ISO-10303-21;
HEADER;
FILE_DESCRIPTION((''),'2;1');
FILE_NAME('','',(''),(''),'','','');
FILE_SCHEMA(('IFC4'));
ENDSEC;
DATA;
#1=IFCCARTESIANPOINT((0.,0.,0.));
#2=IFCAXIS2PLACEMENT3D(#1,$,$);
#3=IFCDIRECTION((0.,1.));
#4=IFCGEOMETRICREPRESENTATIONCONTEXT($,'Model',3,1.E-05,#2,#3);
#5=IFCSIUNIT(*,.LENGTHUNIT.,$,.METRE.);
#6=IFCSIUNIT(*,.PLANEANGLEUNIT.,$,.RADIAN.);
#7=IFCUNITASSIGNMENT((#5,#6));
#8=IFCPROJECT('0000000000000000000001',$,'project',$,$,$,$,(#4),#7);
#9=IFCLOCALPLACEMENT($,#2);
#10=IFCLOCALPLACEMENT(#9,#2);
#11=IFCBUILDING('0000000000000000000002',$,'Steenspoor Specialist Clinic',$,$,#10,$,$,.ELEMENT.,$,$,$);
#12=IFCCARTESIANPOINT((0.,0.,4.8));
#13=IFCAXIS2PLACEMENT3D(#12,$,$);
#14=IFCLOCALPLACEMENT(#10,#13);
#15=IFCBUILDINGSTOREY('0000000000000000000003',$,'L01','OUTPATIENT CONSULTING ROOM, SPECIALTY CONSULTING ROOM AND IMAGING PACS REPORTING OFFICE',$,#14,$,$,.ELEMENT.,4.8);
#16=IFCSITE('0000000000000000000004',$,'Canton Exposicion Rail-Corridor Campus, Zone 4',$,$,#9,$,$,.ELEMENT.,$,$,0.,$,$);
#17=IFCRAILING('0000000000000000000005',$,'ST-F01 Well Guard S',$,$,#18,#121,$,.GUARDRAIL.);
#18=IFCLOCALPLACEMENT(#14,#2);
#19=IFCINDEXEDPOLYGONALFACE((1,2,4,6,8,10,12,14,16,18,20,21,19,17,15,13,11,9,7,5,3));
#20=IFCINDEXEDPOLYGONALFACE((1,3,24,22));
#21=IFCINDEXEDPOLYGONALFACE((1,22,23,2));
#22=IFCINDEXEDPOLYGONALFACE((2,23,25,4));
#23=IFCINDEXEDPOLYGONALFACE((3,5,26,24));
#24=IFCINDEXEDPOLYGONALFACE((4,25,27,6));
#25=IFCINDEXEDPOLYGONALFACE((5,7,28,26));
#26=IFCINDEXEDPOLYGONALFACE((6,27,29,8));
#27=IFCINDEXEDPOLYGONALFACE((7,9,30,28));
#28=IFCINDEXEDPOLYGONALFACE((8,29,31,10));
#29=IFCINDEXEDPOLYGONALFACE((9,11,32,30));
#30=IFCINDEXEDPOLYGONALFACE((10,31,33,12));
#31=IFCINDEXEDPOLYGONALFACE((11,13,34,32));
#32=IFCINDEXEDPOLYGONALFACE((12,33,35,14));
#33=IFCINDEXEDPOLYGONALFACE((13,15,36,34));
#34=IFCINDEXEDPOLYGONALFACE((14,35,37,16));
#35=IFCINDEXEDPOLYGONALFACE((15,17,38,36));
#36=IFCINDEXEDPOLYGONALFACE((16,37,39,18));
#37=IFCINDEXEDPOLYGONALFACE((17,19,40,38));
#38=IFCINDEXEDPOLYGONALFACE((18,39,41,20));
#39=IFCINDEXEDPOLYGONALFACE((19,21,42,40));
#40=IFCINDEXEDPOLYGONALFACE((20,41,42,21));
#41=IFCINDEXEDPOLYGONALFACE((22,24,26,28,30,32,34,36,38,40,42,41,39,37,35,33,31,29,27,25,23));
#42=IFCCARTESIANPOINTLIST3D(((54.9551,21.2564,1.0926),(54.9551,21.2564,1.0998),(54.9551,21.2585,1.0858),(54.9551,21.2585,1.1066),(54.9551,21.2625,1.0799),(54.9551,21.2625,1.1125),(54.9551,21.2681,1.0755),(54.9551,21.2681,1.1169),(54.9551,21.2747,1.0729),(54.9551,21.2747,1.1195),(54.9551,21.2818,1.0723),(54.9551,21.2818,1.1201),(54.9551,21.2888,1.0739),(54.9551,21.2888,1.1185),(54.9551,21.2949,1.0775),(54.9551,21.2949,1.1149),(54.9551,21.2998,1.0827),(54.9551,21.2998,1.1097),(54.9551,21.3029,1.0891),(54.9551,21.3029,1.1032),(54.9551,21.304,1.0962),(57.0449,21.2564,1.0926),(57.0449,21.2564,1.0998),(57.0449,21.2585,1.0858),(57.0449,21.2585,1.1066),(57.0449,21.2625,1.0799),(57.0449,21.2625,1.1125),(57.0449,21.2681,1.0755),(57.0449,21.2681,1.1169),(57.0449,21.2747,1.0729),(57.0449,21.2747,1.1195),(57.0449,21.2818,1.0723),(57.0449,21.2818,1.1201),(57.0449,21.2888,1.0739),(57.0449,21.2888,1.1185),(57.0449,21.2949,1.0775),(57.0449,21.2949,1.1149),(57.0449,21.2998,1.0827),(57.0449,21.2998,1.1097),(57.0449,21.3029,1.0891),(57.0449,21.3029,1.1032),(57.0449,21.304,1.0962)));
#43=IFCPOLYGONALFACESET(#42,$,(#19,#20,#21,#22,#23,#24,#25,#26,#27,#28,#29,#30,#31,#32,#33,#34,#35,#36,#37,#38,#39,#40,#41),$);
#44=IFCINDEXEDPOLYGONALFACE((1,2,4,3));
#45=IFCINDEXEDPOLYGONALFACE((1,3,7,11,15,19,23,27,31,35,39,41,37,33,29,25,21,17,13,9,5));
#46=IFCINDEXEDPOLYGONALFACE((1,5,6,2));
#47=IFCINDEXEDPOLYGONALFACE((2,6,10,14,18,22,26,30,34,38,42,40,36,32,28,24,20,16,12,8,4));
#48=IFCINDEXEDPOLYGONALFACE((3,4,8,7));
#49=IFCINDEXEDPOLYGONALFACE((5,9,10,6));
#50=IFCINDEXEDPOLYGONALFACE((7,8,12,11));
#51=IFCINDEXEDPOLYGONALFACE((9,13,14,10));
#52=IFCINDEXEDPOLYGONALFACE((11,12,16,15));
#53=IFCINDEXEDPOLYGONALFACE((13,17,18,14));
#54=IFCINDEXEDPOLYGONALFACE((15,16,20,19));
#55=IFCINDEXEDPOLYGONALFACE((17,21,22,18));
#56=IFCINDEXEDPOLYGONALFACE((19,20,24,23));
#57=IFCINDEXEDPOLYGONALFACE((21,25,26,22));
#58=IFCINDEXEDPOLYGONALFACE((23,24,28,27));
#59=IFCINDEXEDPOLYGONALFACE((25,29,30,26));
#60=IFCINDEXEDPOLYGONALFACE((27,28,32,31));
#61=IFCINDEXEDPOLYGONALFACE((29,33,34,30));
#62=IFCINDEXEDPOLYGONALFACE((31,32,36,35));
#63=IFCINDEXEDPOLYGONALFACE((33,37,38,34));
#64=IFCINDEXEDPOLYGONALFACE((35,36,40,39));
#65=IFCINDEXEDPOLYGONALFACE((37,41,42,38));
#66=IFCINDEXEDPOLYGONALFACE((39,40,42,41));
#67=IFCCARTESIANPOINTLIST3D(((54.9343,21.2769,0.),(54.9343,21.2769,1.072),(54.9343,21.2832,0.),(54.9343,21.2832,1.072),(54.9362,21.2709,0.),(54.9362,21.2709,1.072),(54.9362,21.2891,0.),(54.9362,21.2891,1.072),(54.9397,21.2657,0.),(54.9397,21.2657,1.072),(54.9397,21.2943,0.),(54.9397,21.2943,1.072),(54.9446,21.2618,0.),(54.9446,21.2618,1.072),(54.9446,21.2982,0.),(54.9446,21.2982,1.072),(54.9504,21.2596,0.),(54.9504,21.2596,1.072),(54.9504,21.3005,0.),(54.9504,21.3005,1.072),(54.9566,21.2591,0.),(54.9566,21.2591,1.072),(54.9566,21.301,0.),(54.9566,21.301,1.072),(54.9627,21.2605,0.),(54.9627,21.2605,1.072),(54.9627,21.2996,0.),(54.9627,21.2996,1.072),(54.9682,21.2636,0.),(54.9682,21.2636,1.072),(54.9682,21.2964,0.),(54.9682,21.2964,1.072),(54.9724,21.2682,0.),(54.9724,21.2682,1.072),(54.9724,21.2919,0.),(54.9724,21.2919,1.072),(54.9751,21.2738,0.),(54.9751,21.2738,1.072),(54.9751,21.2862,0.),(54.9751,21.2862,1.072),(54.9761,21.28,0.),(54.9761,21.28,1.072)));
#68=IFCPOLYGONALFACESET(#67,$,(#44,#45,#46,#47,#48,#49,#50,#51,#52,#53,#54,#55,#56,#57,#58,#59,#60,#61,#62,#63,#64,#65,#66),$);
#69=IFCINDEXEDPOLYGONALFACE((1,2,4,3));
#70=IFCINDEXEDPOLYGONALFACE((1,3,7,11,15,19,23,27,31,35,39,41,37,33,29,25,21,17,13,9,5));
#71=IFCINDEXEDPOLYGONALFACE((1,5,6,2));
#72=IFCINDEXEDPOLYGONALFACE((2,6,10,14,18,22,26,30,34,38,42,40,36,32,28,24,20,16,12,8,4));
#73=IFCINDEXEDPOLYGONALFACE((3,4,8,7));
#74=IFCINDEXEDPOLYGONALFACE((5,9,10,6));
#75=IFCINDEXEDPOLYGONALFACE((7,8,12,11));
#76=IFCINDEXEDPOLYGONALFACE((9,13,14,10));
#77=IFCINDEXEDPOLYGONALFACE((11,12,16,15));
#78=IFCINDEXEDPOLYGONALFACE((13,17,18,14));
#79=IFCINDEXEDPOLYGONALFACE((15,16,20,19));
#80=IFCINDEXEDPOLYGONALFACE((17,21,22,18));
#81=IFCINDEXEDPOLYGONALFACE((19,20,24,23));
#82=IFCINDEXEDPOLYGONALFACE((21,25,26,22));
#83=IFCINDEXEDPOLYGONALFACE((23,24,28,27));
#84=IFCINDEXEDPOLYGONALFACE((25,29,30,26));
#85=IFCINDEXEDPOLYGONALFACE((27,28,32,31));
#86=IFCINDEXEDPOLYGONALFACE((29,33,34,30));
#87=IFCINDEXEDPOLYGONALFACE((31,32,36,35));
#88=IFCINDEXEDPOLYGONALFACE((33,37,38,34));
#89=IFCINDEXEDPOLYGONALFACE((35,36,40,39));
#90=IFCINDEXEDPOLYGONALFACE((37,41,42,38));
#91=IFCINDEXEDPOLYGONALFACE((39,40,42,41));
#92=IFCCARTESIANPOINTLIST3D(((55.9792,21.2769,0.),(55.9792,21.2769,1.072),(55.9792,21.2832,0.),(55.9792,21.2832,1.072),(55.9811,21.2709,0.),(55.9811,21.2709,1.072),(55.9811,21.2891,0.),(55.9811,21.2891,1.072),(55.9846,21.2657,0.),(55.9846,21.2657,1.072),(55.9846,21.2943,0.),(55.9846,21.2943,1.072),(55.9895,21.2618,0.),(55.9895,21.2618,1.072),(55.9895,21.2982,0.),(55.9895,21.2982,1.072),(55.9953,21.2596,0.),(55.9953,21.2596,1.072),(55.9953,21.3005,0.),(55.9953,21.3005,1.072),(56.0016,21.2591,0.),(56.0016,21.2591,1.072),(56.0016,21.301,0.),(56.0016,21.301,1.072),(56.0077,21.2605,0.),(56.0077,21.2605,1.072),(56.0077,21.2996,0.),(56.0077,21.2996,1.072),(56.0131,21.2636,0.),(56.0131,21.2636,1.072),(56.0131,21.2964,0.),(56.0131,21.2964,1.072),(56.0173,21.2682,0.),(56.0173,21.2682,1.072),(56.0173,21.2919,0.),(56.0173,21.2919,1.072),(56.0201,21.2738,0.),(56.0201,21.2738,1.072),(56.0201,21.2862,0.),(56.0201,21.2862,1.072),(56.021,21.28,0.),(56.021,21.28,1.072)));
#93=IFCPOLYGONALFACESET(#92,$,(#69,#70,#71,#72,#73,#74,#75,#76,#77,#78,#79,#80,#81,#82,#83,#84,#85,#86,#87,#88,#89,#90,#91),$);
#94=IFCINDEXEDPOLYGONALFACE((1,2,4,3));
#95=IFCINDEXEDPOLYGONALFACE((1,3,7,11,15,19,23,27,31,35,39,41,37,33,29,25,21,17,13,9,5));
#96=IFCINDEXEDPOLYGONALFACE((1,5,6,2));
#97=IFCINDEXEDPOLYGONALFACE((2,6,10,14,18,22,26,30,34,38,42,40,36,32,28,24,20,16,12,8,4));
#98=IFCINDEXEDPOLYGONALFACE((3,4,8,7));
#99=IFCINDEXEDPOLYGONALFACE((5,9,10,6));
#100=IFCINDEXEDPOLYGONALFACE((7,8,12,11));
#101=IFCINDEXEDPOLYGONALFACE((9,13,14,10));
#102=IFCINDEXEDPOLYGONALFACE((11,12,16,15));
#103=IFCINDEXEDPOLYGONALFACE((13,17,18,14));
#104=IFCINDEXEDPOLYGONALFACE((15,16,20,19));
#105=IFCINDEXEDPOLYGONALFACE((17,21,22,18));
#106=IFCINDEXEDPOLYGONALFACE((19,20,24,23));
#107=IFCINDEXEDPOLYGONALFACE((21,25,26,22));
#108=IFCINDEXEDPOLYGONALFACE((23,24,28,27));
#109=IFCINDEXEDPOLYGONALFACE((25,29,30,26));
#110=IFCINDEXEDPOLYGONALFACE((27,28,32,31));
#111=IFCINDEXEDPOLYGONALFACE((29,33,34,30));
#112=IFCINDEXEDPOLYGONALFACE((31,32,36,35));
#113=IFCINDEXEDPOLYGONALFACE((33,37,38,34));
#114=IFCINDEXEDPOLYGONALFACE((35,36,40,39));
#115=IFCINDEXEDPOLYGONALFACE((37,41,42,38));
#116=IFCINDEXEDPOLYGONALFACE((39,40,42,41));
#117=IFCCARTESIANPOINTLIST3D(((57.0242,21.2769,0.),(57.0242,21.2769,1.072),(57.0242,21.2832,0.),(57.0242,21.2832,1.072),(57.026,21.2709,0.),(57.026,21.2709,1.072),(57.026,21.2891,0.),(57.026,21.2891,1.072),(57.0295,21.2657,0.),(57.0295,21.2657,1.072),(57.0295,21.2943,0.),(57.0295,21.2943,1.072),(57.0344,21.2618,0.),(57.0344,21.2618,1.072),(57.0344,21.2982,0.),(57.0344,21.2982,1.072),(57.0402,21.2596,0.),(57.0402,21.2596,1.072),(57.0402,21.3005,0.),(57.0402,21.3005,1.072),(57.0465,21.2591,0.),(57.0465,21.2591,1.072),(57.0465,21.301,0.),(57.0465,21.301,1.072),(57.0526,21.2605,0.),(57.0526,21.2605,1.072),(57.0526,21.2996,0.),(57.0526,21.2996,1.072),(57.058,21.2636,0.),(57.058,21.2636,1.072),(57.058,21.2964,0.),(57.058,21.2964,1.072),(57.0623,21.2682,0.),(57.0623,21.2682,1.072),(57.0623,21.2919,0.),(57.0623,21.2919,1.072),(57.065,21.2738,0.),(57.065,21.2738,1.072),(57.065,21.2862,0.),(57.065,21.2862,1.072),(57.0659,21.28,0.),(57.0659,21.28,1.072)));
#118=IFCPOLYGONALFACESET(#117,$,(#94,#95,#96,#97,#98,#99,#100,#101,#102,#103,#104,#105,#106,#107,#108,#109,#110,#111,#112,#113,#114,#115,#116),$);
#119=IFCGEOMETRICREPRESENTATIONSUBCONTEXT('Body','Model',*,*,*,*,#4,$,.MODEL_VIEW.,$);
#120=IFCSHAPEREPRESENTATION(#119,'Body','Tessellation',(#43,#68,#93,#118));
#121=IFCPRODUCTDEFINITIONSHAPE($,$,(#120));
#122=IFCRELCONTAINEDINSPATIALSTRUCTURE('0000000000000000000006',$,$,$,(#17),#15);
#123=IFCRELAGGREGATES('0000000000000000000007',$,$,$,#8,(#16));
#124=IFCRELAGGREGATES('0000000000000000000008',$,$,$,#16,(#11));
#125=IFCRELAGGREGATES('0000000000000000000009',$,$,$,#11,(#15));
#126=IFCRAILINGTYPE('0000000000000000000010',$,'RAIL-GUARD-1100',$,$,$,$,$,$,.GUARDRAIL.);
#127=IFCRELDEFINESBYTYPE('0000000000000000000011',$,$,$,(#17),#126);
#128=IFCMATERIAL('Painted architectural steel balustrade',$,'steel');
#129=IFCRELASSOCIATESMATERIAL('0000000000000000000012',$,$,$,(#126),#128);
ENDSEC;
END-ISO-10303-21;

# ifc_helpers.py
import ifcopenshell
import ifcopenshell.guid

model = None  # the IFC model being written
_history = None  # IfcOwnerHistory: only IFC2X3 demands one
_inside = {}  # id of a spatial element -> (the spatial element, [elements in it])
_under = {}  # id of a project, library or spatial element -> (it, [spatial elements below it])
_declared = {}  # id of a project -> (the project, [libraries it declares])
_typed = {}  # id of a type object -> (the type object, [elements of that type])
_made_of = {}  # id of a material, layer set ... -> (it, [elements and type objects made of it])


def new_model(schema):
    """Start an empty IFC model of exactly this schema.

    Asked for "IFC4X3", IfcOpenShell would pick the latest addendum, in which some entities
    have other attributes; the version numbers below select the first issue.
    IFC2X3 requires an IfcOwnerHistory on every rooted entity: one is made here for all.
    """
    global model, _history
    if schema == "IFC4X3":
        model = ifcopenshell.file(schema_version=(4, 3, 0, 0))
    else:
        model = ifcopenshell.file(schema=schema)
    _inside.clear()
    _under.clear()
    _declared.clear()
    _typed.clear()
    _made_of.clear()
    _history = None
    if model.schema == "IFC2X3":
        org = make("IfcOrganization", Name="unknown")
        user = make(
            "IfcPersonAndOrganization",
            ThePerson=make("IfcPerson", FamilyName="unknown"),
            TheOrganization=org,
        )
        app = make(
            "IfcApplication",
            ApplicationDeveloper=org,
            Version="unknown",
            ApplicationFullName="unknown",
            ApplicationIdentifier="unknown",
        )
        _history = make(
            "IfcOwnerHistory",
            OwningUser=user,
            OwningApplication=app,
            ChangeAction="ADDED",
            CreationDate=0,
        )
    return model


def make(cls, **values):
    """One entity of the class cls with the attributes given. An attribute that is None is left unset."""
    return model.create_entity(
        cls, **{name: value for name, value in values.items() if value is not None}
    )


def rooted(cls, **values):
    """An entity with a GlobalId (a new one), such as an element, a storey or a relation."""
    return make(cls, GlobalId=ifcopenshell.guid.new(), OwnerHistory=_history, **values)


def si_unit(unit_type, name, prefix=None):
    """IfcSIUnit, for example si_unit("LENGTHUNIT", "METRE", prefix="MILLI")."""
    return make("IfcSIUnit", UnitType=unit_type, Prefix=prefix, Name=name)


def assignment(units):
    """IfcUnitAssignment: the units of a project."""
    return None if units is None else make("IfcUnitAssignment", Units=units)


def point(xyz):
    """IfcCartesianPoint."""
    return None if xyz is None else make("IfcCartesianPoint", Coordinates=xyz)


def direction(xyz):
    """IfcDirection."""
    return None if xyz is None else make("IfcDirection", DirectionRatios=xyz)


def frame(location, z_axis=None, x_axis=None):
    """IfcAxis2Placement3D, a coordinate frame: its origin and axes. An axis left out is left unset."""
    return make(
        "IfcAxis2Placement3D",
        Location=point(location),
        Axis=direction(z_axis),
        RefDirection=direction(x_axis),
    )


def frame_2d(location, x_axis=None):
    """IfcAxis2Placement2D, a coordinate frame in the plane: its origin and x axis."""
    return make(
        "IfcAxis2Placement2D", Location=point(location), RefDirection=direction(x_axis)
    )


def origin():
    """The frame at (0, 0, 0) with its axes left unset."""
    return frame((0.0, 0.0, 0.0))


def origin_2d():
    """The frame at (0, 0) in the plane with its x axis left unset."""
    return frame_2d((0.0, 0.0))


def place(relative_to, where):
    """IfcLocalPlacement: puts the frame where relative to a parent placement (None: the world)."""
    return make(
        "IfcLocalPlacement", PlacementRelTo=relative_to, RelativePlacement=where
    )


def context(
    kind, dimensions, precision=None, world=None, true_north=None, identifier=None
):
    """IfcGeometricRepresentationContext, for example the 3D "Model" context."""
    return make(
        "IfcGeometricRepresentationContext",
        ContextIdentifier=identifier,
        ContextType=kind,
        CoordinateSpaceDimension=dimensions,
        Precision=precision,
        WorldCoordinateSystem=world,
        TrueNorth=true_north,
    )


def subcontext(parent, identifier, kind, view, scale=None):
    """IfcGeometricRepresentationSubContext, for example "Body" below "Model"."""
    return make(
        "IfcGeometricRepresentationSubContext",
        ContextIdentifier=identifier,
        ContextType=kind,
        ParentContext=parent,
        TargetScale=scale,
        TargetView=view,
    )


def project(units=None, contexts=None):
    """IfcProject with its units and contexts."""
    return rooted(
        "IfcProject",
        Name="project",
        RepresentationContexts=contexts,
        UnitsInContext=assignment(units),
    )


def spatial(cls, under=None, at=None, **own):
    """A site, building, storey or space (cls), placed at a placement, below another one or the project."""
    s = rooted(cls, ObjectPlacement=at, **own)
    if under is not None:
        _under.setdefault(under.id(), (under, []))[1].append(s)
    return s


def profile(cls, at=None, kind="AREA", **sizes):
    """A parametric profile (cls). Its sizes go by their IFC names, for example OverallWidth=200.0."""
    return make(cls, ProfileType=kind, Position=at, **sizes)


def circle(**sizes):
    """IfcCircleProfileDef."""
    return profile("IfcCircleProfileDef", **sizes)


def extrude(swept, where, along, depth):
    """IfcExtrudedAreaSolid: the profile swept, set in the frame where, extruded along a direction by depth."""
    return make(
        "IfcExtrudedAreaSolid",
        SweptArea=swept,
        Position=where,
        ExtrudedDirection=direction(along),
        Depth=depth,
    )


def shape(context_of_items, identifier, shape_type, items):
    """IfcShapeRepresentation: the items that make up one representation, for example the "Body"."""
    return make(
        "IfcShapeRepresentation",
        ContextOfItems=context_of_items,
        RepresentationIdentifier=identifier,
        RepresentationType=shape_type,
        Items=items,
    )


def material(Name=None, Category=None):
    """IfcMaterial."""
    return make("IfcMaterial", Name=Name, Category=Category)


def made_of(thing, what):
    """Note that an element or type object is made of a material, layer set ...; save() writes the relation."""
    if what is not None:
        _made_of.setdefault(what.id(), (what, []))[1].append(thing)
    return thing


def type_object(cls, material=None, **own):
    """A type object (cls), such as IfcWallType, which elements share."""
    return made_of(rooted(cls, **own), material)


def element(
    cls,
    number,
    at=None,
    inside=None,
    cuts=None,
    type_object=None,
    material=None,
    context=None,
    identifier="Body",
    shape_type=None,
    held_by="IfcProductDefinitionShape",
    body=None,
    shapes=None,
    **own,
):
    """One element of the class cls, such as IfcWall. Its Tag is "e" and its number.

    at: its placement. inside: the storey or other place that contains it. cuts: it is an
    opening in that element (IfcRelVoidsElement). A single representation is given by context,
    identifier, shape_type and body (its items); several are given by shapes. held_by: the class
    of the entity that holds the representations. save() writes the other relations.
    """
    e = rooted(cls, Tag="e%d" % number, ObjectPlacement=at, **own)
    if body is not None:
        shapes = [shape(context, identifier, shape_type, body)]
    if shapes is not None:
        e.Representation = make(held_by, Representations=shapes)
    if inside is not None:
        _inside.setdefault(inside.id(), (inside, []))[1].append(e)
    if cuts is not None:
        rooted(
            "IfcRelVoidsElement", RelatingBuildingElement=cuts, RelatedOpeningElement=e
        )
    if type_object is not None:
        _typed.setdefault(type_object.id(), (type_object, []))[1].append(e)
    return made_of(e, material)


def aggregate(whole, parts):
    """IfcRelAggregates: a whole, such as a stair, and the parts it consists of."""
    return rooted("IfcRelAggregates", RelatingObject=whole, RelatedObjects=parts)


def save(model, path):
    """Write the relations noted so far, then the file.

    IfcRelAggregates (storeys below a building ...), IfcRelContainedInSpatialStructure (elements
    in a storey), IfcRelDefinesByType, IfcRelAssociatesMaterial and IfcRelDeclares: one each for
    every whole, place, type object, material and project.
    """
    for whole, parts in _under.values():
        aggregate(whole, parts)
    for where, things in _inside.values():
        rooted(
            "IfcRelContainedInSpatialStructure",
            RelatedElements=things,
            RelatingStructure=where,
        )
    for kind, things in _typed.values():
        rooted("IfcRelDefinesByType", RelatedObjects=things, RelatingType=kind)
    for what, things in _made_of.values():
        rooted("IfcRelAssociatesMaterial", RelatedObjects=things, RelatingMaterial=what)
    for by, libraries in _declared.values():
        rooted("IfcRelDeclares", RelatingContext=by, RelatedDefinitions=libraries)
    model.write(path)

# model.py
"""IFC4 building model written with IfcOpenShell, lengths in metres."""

from ifc_helpers import new_model, si_unit, direction, frame, origin, origin_2d, place, context, subcontext, project, spatial, circle, extrude, material, type_object, element, save


model = new_model("IFC4")

# Units and contexts
model_context = context("Model", 3, precision=1e-05, world=origin(), true_north=direction((0.0, 1.0)))
body_context = subcontext(model_context, "Body", "Model", "MODEL_VIEW")
ifc_project = project(units=[si_unit("LENGTHUNIT", "METRE"), si_unit("PLANEANGLEUNIT", "RADIAN")], contexts=[model_context])

# Site, building, storey
site_placement = place(None, origin())
site = spatial("IfcSite", under=ifc_project, at=site_placement, Name="Canton Exposicion Rail-Corridor Campus, Zone 4", CompositionType="ELEMENT", RefElevation=0.0)
building_placement = place(site_placement, origin())
building = spatial("IfcBuilding", under=site, at=building_placement, Name="Steenspoor Specialist Clinic", CompositionType="ELEMENT")
storey_placement = place(building_placement, frame((0.0, 0.0, 4.8)))
storey = spatial("IfcBuildingStorey", under=building, at=storey_placement, Name="L01", Description="OUTPATIENT CONSULTING ROOM, SPECIALTY CONSULTING ROOM AND IMAGING PACS REPORTING OFFICE", CompositionType="ELEMENT", Elevation=4.8)

# Railing
ifc_material_1 = material(Name="Painted architectural steel balustrade", Category="steel")
railing_type = type_object("IfcRailingType", Name="RAIL-GUARD-1100", PredefinedType="GUARDRAIL", material=ifc_material_1)
railing_1_placement = place(storey_placement, frame((54.9551, 21.28, 0.0)))
element("IfcRailing", 1, at=railing_1_placement, inside=storey, type_object=railing_type, Name="ST-F01 Well Guard S", PredefinedType="GUARDRAIL", context=body_context, shape_type="SweptSolid", body=[
    extrude(circle(Radius=0.0239, at=origin_2d()), frame((0.0, 0.0, 1.0962), z_axis=(1.0, 0.0, 0.0), x_axis=(0.0, 1.0, 0.0)), (0.0, 0.0, 1.0), 2.0898),
    extrude(circle(Radius=0.021, at=origin_2d()), origin(), (0.0, 0.0, 1.0), 1.072),
    extrude(circle(Radius=0.021, at=origin_2d()), frame((1.0449, 0.0, 0.0)), (0.0, 0.0, 1.0), 1.072),
    extrude(circle(Radius=0.021, at=origin_2d()), frame((2.0898, 0.0, 0.0)), (0.0, 0.0, 1.0), 1.072),
])

save(model, "model.ifc")
